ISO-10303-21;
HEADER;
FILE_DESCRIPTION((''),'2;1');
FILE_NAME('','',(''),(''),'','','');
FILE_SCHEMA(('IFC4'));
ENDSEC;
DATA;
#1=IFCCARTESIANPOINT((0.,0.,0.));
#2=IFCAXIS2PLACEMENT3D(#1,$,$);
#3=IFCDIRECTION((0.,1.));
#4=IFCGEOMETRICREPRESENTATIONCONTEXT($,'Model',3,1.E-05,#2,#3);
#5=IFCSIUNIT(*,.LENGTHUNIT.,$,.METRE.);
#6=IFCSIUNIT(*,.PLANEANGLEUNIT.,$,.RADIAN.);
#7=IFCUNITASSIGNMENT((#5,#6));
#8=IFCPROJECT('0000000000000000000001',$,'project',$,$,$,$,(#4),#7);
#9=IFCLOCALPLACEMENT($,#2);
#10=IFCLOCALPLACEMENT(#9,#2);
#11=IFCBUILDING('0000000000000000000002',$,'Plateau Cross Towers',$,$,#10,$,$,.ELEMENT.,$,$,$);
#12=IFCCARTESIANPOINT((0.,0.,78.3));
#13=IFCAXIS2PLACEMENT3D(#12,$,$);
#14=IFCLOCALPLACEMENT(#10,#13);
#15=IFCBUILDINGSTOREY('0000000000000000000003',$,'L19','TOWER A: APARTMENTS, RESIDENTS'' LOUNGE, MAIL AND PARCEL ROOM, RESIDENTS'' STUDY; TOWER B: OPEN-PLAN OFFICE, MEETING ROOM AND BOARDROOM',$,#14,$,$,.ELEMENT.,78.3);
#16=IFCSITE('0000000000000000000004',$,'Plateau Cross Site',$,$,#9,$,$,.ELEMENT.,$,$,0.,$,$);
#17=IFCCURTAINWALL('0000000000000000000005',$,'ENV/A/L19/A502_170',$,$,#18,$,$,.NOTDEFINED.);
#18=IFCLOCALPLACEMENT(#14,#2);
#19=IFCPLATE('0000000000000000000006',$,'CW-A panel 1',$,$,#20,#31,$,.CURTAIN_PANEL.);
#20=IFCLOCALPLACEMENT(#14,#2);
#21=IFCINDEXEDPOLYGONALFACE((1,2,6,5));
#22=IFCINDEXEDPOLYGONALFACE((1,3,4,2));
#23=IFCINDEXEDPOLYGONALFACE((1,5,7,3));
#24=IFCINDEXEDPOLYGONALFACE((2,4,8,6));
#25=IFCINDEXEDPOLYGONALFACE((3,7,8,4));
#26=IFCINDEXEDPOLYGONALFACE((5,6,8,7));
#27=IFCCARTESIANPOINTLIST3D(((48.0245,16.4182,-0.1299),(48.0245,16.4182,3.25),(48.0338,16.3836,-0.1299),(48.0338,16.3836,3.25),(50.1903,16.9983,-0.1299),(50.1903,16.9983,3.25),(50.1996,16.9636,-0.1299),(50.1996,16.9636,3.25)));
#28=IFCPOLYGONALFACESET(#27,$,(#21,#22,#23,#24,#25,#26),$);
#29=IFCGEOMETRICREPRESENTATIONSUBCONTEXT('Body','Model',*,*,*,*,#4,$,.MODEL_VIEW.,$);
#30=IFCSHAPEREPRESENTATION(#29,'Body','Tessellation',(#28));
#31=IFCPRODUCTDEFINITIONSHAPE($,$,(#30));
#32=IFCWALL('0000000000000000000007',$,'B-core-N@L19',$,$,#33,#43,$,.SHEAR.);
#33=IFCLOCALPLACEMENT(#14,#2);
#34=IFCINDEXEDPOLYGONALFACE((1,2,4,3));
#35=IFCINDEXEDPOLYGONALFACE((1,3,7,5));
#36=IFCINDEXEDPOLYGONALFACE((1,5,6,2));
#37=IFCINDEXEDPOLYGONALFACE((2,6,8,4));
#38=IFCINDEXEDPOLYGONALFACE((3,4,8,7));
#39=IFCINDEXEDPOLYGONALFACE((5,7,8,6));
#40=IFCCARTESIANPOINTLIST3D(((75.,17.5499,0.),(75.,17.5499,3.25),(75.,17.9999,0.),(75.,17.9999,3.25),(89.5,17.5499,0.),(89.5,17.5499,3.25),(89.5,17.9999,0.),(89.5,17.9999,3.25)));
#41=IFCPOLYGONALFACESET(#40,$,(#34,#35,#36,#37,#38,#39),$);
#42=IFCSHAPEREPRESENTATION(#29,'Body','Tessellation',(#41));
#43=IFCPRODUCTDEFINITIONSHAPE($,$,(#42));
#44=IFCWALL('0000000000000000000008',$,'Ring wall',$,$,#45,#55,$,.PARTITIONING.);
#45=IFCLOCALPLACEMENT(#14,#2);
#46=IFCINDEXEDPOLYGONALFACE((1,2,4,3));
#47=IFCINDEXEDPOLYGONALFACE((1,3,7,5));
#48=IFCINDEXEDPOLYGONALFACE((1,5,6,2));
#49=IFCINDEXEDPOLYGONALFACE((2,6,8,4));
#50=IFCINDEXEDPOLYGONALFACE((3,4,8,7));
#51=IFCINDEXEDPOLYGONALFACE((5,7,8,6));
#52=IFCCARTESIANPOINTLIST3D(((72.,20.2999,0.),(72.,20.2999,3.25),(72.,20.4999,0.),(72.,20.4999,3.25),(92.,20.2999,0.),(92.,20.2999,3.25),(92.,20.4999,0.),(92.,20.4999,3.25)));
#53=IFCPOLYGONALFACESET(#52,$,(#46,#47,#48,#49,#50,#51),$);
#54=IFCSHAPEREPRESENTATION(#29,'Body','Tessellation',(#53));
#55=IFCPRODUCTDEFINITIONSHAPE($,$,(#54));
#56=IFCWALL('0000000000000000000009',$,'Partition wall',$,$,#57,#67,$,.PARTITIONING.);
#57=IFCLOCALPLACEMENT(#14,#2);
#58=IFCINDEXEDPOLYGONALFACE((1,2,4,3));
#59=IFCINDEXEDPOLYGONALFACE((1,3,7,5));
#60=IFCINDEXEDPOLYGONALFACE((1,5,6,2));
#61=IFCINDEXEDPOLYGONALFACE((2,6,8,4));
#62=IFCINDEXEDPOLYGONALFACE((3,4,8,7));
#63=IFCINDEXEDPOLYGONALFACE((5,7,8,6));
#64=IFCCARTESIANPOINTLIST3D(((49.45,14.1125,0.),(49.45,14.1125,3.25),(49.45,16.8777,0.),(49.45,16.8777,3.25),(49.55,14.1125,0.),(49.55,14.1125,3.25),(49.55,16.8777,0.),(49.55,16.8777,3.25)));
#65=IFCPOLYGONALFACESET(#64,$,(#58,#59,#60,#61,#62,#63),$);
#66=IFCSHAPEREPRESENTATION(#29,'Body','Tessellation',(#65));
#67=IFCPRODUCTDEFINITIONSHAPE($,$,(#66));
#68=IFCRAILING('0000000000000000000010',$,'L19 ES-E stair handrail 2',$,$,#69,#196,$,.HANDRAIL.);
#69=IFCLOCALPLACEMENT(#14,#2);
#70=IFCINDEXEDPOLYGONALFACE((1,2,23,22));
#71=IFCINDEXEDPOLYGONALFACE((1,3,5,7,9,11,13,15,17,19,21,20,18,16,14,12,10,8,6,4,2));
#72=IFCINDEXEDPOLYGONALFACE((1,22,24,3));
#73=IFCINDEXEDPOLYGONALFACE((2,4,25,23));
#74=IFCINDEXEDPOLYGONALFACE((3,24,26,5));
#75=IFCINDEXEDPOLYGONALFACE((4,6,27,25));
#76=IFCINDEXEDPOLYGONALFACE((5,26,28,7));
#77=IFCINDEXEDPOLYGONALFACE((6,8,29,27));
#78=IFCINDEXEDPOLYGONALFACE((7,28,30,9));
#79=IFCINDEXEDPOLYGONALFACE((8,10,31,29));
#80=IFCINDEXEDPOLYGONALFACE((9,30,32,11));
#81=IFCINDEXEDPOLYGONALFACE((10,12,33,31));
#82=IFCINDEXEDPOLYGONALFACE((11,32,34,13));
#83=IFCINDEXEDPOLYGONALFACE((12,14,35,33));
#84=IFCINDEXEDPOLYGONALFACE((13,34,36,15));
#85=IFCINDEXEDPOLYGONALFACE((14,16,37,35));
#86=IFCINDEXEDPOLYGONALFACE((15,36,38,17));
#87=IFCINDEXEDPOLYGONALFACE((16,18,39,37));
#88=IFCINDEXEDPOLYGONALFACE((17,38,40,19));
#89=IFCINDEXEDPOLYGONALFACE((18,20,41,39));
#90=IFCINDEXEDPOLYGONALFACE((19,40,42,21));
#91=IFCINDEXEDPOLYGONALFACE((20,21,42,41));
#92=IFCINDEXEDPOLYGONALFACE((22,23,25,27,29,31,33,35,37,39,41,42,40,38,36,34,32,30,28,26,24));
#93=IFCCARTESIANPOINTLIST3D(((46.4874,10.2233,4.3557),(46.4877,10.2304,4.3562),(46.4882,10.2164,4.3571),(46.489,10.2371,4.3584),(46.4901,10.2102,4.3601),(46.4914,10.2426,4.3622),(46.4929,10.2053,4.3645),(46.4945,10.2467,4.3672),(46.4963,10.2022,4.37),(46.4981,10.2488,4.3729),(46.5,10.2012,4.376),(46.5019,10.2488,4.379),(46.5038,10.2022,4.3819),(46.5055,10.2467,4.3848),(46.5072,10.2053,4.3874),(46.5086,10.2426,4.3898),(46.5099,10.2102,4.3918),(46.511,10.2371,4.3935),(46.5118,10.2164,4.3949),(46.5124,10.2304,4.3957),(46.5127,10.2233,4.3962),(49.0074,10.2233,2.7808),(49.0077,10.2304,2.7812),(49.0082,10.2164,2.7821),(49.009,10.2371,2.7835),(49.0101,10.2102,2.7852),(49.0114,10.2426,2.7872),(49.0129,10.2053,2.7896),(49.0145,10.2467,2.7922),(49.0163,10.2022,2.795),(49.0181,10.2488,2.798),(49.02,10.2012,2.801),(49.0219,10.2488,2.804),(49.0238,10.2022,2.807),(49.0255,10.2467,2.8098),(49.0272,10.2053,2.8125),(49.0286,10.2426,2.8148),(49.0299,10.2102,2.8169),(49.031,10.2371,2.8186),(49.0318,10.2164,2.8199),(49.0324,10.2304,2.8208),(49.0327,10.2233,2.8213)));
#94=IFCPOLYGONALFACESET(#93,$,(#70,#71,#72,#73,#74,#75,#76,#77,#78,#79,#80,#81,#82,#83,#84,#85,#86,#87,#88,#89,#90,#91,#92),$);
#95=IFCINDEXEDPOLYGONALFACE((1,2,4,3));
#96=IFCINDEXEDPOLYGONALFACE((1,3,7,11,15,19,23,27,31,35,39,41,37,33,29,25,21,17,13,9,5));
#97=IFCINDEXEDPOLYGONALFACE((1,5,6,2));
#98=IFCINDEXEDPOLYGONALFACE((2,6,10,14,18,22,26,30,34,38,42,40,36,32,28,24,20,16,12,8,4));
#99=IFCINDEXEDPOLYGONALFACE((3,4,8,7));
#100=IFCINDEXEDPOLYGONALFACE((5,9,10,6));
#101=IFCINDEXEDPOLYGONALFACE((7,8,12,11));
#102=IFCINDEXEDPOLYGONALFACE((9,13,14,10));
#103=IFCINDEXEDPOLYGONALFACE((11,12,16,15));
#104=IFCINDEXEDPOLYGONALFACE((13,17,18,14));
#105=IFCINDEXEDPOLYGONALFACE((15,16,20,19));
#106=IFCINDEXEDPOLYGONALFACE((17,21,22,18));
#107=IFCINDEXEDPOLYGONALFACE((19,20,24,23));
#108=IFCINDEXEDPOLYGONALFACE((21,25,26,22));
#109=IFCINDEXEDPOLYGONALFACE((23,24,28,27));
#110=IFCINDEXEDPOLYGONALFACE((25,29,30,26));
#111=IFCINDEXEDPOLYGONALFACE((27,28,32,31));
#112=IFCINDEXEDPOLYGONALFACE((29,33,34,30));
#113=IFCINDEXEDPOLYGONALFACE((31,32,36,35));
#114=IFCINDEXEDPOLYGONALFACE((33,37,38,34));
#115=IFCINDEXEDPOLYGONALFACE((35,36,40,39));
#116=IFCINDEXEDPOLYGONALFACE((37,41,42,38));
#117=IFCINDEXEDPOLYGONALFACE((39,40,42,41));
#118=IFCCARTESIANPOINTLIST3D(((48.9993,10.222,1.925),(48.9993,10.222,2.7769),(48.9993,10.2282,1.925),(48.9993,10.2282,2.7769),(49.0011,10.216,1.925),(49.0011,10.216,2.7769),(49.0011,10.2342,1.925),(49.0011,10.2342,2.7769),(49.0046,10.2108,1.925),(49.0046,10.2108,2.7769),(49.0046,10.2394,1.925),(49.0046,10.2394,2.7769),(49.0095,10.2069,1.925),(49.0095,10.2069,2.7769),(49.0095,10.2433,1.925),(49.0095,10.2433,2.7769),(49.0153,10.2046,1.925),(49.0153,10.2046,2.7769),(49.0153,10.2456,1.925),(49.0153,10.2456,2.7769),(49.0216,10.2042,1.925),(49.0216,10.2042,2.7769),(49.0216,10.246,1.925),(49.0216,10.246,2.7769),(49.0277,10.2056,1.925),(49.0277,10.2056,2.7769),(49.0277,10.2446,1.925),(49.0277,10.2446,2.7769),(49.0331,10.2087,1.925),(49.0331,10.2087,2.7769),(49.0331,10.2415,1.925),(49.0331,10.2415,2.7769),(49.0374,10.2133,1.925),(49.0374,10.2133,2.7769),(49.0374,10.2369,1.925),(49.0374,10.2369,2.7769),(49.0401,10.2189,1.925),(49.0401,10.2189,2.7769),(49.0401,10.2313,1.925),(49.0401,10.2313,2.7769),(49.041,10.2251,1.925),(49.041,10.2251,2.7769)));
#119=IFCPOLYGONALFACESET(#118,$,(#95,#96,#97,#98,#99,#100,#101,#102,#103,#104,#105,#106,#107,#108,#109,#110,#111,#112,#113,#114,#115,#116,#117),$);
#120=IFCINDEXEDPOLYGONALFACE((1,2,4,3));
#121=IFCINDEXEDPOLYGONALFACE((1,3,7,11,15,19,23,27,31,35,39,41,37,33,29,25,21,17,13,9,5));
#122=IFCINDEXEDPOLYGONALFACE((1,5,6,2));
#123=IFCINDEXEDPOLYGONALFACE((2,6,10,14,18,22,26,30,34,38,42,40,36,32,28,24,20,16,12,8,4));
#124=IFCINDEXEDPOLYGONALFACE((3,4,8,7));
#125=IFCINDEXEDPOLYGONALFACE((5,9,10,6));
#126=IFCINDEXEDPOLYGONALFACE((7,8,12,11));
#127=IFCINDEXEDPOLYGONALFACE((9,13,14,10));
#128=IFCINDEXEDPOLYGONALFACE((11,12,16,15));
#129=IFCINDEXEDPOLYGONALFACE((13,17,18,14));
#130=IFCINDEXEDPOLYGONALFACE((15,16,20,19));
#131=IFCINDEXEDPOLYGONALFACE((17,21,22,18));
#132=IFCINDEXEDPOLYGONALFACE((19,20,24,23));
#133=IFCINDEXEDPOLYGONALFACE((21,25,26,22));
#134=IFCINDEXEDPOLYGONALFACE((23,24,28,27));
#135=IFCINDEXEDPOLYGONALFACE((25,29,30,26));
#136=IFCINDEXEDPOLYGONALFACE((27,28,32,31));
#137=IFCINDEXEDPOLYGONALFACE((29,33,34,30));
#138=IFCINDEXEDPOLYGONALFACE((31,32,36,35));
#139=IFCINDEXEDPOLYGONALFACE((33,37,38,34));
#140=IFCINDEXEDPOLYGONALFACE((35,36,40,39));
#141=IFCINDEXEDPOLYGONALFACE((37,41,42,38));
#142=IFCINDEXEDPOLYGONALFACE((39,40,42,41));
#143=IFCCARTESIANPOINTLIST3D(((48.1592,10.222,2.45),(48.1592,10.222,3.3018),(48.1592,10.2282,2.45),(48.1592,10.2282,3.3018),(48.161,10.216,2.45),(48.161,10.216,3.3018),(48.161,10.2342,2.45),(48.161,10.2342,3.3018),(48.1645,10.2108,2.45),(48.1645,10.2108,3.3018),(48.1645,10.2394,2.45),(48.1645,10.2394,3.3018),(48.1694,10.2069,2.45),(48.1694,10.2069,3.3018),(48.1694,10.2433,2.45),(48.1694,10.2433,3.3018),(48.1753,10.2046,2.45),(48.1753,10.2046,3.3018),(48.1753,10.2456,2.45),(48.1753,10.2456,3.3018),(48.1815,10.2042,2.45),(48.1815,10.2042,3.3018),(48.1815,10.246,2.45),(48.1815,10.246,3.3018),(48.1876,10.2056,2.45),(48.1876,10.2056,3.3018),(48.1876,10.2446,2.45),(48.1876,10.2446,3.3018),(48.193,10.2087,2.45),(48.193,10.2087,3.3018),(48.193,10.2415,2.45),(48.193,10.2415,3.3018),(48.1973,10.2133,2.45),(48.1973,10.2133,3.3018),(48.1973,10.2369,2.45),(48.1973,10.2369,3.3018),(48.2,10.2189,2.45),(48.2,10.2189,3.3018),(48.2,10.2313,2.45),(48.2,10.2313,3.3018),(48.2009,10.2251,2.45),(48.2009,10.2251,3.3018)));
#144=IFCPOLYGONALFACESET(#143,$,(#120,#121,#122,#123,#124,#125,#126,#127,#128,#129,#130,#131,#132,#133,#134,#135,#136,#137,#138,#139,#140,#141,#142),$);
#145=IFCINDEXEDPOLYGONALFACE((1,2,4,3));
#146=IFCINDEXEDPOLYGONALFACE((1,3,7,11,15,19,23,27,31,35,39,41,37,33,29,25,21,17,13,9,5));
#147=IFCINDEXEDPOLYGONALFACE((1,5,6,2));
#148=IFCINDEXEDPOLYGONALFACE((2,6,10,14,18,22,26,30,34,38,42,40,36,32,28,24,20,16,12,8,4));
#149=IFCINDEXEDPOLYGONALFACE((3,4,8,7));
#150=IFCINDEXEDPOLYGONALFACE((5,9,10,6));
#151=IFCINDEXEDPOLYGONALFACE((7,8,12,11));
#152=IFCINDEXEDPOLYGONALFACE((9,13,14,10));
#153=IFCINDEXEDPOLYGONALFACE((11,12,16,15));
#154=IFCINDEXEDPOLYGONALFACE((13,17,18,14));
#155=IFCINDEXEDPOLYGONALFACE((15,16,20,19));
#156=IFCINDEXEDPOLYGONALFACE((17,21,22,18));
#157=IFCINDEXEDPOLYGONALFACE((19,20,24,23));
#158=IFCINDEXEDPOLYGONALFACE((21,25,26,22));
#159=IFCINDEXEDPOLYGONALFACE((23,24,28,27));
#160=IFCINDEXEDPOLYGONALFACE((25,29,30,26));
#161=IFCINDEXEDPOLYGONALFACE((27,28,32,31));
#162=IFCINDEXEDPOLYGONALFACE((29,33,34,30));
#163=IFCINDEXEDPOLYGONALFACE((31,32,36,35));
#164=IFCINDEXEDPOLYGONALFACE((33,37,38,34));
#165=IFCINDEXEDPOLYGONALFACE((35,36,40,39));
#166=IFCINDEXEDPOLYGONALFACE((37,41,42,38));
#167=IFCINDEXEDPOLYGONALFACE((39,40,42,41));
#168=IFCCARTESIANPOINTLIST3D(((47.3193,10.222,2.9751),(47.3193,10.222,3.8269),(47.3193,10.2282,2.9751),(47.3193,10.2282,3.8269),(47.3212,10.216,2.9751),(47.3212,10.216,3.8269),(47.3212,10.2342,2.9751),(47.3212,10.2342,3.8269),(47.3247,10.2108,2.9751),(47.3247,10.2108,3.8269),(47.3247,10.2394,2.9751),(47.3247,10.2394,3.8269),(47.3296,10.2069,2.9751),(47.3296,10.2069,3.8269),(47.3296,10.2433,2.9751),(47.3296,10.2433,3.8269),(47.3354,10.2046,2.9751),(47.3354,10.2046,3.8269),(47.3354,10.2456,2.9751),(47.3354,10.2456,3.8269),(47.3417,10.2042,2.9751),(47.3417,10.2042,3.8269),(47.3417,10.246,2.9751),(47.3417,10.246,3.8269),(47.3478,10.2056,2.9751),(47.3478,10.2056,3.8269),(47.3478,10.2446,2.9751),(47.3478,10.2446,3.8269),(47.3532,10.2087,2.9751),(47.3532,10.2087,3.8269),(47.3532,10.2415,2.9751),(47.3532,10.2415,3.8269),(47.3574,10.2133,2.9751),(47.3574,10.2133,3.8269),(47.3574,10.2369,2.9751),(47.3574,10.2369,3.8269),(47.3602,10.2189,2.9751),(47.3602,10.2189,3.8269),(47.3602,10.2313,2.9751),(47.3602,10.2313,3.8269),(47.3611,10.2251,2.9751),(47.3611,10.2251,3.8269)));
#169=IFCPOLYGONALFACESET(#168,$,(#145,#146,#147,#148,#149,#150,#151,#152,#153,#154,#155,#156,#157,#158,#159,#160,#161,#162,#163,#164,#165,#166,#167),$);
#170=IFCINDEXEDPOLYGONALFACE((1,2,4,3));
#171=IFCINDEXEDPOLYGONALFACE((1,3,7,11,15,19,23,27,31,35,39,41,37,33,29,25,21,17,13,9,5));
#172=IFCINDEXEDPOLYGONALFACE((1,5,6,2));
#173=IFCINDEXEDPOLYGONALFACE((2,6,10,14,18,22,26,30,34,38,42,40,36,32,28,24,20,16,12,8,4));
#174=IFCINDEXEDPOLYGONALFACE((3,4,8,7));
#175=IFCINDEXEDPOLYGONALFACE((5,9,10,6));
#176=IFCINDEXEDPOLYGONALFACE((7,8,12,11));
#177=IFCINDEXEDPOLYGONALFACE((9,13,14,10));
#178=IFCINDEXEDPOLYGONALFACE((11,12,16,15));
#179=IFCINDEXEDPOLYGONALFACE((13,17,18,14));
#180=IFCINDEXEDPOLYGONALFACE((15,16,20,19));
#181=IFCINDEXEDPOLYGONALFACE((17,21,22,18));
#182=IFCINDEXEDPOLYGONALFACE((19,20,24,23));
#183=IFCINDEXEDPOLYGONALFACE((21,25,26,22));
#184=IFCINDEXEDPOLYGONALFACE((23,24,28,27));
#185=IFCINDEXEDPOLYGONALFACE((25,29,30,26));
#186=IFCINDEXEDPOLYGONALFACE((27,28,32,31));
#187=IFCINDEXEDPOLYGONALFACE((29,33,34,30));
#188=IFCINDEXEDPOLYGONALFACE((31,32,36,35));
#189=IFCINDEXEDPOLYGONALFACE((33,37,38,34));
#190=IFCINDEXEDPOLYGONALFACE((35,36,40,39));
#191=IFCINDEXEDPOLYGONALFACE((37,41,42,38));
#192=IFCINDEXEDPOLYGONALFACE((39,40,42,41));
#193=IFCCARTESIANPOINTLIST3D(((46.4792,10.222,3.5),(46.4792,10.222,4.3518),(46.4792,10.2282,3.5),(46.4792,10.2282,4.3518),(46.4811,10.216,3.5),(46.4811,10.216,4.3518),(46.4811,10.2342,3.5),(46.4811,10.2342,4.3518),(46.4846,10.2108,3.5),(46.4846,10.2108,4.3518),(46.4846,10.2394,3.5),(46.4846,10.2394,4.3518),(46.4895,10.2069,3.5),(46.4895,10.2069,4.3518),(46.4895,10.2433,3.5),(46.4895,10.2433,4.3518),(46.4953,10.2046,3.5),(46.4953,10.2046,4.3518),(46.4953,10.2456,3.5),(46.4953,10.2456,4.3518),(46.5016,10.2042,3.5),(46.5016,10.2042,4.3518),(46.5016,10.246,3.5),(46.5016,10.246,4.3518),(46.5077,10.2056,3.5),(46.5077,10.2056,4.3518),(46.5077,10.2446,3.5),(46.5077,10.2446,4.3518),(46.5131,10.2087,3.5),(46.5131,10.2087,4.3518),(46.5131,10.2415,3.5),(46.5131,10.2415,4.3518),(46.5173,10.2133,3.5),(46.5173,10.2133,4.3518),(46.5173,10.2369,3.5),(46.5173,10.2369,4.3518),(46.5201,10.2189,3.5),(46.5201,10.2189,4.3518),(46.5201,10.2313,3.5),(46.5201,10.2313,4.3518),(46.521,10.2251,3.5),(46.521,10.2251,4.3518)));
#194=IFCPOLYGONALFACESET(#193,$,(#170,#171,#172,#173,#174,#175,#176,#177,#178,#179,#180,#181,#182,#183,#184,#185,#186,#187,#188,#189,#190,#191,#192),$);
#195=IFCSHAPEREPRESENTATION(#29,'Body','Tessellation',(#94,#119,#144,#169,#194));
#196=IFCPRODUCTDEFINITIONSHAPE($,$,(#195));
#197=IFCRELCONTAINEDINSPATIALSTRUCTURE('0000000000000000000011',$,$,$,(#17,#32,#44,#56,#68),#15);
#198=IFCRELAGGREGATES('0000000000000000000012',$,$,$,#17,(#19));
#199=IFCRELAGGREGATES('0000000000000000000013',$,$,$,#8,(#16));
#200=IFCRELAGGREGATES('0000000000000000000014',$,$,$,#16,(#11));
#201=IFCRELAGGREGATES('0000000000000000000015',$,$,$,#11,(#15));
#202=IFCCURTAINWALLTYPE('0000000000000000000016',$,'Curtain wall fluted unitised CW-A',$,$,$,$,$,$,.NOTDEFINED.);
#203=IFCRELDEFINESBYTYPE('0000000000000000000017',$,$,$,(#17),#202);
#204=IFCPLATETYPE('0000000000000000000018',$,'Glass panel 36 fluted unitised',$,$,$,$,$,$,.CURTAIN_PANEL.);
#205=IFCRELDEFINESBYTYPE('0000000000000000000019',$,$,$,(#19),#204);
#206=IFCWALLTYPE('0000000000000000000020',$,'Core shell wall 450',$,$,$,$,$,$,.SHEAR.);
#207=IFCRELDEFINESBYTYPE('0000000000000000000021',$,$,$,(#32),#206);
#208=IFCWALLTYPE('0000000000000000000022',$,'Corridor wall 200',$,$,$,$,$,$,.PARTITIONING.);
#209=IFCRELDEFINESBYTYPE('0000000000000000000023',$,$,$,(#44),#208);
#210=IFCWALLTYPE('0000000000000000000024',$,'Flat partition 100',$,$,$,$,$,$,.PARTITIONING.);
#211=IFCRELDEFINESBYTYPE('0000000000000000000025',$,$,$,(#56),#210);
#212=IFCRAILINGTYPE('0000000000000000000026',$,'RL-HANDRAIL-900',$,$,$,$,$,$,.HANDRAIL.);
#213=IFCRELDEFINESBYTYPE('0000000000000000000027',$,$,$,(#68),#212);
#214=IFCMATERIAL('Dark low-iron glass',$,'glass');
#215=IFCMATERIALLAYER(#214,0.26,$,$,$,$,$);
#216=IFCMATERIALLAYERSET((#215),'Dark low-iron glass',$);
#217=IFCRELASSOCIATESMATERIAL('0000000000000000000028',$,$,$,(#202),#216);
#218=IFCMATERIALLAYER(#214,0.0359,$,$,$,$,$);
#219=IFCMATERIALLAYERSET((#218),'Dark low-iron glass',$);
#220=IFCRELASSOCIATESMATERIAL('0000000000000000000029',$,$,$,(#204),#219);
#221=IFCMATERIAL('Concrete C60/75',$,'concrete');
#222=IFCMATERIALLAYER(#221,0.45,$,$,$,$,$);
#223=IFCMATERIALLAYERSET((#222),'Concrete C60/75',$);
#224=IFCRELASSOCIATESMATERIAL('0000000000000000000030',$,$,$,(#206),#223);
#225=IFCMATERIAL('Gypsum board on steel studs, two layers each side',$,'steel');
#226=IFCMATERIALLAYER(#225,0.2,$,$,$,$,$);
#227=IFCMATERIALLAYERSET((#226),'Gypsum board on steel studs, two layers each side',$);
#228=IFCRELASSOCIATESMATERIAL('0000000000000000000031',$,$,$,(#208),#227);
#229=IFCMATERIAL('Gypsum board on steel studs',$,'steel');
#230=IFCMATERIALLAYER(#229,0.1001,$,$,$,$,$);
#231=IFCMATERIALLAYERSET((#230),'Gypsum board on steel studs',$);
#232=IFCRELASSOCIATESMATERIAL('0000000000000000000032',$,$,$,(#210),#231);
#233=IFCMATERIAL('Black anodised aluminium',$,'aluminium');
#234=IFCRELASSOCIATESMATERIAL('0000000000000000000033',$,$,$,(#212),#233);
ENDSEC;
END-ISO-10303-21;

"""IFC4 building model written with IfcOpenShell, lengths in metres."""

from ifc_helpers import new_model, si_unit, direction, frame, frame_2d, origin, origin_2d, place, context, subcontext, project, spatial, rectangle, circle, extrude, material, layer, layer_set, type_object, element, aggregate, save


model = new_model("IFC4")

# Units and contexts
model_context = context("Model", 3, precision=1e-05, world=origin(), true_north=direction((0.0, 1.0)))
body_context = subcontext(model_context, "Body", "Model", "MODEL_VIEW")
ifc_project = project(units=[si_unit("LENGTHUNIT", "METRE"), si_unit("PLANEANGLEUNIT", "RADIAN")], contexts=[model_context])

# Site, building, storey
site_placement = place(None, origin())
site = spatial("IfcSite", under=ifc_project, at=site_placement, Name="Plateau Cross Site", CompositionType="ELEMENT", RefElevation=0.0)
building_placement = place(site_placement, origin())
building = spatial("IfcBuilding", under=site, at=building_placement, Name="Plateau Cross Towers", CompositionType="ELEMENT")
storey_placement = place(building_placement, frame((0.0, 0.0, 78.3)))
storey = spatial("IfcBuildingStorey", under=building, at=storey_placement, Name="L19", Description="TOWER A: APARTMENTS, RESIDENTS' LOUNGE, MAIL AND PARCEL ROOM, RESIDENTS' STUDY; TOWER B: OPEN-PLAN OFFICE, MEETING ROOM AND BOARDROOM", CompositionType="ELEMENT", Elevation=78.3)

# Shared definitions
ifc_material_1 = material(Name="Concrete C60/75", Category="concrete")

# Shared definitions
ifc_material_2 = material(Name="Dark low-iron glass", Category="glass")
ifc_material_3 = material(Name="Black anodised aluminium", Category="aluminium")

# Curtain wall
ifc_layer_1 = layer(ifc_material_2, 0.26)
ifc_layer_set_1 = layer_set([ifc_layer_1], Name="Dark low-iron glass")
curtain_wall_type_1 = type_object("IfcCurtainWallType", Name="Curtain wall fluted unitised CW-A", PredefinedType="NOTDEFINED", material=ifc_layer_set_1)
curtain_wall_1_placement = place(storey_placement, origin())
curtain_wall_1 = element("IfcCurtainWall", 1, at=curtain_wall_1_placement, inside=storey, type_object=curtain_wall_type_1, Name="ENV/A/L19/A502_170", PredefinedType="NOTDEFINED")

# Plate
ifc_layer_2 = layer(ifc_material_2, 0.0359)
ifc_layer_set_2 = layer_set([ifc_layer_2], Name="Dark low-iron glass")
plate_type_1 = type_object("IfcPlateType", Name="Glass panel 36 fluted unitised", PredefinedType="CURTAIN_PANEL", material=ifc_layer_set_2)
plate_1_placement = place(storey_placement, frame((49.1121, 16.6909, -0.1299), z_axis=(0.0, 0.0, 1.0), x_axis=(-0.965958, -0.258699, 0.0)))
plate_1 = element("IfcPlate", 2, at=plate_1_placement, type_object=plate_type_1, Name="CW-A panel 1", PredefinedType="CURTAIN_PANEL", context=body_context, shape_type="SweptSolid", body=[
    extrude(rectangle(XDim=2.2422, YDim=0.0359, at=origin_2d()), origin(), (0.0, 0.0, 1.0), 3.3799),
])
aggregate(curtain_wall_1, [plate_1])

# Walls
ifc_layer_3 = layer(ifc_material_1, 0.45)
ifc_layer_set_3 = layer_set([ifc_layer_3], Name="Concrete C60/75")
wall_type_1 = type_object("IfcWallType", Name="Core shell wall 450", PredefinedType="SHEAR", material=ifc_layer_set_3)
wall_1_placement = place(storey_placement, frame((75.0, 17.7749, 0.0), z_axis=(0.0, 0.0, 1.0), x_axis=(1.0, 0.0, 0.0)))
element("IfcWall", 3, at=wall_1_placement, inside=storey, type_object=wall_type_1, Name="B-core-N@L19", PredefinedType="SHEAR", context=body_context, shape_type="SweptSolid", body=[
    extrude(rectangle(XDim=14.5, YDim=0.45, at=frame_2d((7.25, 0.0))), origin(), (0.0, 0.0, 1.0), 3.25),
])
ifc_material_4 = material(Name="Gypsum board on steel studs, two layers each side", Category="steel")
ifc_layer_4 = layer(ifc_material_4, 0.2)
ifc_layer_set_4 = layer_set([ifc_layer_4], Name="Gypsum board on steel studs, two layers each side")
wall_type_2 = type_object("IfcWallType", Name="Corridor wall 200", PredefinedType="PARTITIONING", material=ifc_layer_set_4)
wall_2_placement = place(storey_placement, frame((72.0, 20.3999, 0.0), z_axis=(0.0, 0.0, 1.0), x_axis=(1.0, 0.0, 0.0)))
element("IfcWall", 4, at=wall_2_placement, inside=storey, type_object=wall_type_2, Name="Ring wall", PredefinedType="PARTITIONING", context=body_context, shape_type="SweptSolid", body=[
    extrude(rectangle(XDim=20.0, YDim=0.2, at=frame_2d((10.0, 0.0))), origin(), (0.0, 0.0, 1.0), 3.25),
])
ifc_material_5 = material(Name="Gypsum board on steel studs", Category="steel")
ifc_layer_5 = layer(ifc_material_5, 0.1001)
ifc_layer_set_5 = layer_set([ifc_layer_5], Name="Gypsum board on steel studs")
wall_type_3 = type_object("IfcWallType", Name="Flat partition 100", PredefinedType="PARTITIONING", material=ifc_layer_set_5)
wall_3_placement = place(storey_placement, frame((49.5, 14.1125, 0.0), z_axis=(0.0, 0.0, 1.0), x_axis=(0.0, 1.0, 0.0)))
element("IfcWall", 5, at=wall_3_placement, inside=storey, type_object=wall_type_3, Name="Partition wall", PredefinedType="PARTITIONING", context=body_context, shape_type="SweptSolid", body=[
    extrude(rectangle(XDim=2.7651, YDim=0.1001, at=frame_2d((1.3826, 0.0))), origin(), (0.0, 0.0, 1.0), 3.25),
])

# Railing
railing_type = type_object("IfcRailingType", Name="RL-HANDRAIL-900", PredefinedType="HANDRAIL", material=ifc_material_3)
railing_placement = place(storey_placement, frame((49.02, 10.2251, 1.925)))
element("IfcRailing", 6, at=railing_placement, inside=storey, type_object=railing_type, Name="L19 ES-E stair handrail 2", PredefinedType="HANDRAIL", context=body_context, shape_type="SweptSolid", body=[
    extrude(circle(Radius=0.0239, at=origin_2d()), frame((0.0, 0.0, 0.876), z_axis=(-0.848008, 0.0, 0.529984), x_axis=(0.0, -1.0, 0.0)), (0.0, 0.0, 1.0), 2.9717),
    extrude(circle(Radius=0.021, at=origin_2d()), origin(), (0.0, 0.0, 1.0), 0.8518),
    extrude(circle(Radius=0.021, at=origin_2d()), frame((-0.8401, 0.0, 0.5249)), (0.0, 0.0, 1.0), 0.8518),
    extrude(circle(Radius=0.021, at=origin_2d()), frame((-1.6799, 0.0, 1.05)), (0.0, 0.0, 1.0), 0.8518),
    extrude(circle(Radius=0.021, at=origin_2d()), frame((-2.52, 0.0, 1.575)), (0.0, 0.0, 1.0), 0.8518),
])

save(model, "model.ifc")
